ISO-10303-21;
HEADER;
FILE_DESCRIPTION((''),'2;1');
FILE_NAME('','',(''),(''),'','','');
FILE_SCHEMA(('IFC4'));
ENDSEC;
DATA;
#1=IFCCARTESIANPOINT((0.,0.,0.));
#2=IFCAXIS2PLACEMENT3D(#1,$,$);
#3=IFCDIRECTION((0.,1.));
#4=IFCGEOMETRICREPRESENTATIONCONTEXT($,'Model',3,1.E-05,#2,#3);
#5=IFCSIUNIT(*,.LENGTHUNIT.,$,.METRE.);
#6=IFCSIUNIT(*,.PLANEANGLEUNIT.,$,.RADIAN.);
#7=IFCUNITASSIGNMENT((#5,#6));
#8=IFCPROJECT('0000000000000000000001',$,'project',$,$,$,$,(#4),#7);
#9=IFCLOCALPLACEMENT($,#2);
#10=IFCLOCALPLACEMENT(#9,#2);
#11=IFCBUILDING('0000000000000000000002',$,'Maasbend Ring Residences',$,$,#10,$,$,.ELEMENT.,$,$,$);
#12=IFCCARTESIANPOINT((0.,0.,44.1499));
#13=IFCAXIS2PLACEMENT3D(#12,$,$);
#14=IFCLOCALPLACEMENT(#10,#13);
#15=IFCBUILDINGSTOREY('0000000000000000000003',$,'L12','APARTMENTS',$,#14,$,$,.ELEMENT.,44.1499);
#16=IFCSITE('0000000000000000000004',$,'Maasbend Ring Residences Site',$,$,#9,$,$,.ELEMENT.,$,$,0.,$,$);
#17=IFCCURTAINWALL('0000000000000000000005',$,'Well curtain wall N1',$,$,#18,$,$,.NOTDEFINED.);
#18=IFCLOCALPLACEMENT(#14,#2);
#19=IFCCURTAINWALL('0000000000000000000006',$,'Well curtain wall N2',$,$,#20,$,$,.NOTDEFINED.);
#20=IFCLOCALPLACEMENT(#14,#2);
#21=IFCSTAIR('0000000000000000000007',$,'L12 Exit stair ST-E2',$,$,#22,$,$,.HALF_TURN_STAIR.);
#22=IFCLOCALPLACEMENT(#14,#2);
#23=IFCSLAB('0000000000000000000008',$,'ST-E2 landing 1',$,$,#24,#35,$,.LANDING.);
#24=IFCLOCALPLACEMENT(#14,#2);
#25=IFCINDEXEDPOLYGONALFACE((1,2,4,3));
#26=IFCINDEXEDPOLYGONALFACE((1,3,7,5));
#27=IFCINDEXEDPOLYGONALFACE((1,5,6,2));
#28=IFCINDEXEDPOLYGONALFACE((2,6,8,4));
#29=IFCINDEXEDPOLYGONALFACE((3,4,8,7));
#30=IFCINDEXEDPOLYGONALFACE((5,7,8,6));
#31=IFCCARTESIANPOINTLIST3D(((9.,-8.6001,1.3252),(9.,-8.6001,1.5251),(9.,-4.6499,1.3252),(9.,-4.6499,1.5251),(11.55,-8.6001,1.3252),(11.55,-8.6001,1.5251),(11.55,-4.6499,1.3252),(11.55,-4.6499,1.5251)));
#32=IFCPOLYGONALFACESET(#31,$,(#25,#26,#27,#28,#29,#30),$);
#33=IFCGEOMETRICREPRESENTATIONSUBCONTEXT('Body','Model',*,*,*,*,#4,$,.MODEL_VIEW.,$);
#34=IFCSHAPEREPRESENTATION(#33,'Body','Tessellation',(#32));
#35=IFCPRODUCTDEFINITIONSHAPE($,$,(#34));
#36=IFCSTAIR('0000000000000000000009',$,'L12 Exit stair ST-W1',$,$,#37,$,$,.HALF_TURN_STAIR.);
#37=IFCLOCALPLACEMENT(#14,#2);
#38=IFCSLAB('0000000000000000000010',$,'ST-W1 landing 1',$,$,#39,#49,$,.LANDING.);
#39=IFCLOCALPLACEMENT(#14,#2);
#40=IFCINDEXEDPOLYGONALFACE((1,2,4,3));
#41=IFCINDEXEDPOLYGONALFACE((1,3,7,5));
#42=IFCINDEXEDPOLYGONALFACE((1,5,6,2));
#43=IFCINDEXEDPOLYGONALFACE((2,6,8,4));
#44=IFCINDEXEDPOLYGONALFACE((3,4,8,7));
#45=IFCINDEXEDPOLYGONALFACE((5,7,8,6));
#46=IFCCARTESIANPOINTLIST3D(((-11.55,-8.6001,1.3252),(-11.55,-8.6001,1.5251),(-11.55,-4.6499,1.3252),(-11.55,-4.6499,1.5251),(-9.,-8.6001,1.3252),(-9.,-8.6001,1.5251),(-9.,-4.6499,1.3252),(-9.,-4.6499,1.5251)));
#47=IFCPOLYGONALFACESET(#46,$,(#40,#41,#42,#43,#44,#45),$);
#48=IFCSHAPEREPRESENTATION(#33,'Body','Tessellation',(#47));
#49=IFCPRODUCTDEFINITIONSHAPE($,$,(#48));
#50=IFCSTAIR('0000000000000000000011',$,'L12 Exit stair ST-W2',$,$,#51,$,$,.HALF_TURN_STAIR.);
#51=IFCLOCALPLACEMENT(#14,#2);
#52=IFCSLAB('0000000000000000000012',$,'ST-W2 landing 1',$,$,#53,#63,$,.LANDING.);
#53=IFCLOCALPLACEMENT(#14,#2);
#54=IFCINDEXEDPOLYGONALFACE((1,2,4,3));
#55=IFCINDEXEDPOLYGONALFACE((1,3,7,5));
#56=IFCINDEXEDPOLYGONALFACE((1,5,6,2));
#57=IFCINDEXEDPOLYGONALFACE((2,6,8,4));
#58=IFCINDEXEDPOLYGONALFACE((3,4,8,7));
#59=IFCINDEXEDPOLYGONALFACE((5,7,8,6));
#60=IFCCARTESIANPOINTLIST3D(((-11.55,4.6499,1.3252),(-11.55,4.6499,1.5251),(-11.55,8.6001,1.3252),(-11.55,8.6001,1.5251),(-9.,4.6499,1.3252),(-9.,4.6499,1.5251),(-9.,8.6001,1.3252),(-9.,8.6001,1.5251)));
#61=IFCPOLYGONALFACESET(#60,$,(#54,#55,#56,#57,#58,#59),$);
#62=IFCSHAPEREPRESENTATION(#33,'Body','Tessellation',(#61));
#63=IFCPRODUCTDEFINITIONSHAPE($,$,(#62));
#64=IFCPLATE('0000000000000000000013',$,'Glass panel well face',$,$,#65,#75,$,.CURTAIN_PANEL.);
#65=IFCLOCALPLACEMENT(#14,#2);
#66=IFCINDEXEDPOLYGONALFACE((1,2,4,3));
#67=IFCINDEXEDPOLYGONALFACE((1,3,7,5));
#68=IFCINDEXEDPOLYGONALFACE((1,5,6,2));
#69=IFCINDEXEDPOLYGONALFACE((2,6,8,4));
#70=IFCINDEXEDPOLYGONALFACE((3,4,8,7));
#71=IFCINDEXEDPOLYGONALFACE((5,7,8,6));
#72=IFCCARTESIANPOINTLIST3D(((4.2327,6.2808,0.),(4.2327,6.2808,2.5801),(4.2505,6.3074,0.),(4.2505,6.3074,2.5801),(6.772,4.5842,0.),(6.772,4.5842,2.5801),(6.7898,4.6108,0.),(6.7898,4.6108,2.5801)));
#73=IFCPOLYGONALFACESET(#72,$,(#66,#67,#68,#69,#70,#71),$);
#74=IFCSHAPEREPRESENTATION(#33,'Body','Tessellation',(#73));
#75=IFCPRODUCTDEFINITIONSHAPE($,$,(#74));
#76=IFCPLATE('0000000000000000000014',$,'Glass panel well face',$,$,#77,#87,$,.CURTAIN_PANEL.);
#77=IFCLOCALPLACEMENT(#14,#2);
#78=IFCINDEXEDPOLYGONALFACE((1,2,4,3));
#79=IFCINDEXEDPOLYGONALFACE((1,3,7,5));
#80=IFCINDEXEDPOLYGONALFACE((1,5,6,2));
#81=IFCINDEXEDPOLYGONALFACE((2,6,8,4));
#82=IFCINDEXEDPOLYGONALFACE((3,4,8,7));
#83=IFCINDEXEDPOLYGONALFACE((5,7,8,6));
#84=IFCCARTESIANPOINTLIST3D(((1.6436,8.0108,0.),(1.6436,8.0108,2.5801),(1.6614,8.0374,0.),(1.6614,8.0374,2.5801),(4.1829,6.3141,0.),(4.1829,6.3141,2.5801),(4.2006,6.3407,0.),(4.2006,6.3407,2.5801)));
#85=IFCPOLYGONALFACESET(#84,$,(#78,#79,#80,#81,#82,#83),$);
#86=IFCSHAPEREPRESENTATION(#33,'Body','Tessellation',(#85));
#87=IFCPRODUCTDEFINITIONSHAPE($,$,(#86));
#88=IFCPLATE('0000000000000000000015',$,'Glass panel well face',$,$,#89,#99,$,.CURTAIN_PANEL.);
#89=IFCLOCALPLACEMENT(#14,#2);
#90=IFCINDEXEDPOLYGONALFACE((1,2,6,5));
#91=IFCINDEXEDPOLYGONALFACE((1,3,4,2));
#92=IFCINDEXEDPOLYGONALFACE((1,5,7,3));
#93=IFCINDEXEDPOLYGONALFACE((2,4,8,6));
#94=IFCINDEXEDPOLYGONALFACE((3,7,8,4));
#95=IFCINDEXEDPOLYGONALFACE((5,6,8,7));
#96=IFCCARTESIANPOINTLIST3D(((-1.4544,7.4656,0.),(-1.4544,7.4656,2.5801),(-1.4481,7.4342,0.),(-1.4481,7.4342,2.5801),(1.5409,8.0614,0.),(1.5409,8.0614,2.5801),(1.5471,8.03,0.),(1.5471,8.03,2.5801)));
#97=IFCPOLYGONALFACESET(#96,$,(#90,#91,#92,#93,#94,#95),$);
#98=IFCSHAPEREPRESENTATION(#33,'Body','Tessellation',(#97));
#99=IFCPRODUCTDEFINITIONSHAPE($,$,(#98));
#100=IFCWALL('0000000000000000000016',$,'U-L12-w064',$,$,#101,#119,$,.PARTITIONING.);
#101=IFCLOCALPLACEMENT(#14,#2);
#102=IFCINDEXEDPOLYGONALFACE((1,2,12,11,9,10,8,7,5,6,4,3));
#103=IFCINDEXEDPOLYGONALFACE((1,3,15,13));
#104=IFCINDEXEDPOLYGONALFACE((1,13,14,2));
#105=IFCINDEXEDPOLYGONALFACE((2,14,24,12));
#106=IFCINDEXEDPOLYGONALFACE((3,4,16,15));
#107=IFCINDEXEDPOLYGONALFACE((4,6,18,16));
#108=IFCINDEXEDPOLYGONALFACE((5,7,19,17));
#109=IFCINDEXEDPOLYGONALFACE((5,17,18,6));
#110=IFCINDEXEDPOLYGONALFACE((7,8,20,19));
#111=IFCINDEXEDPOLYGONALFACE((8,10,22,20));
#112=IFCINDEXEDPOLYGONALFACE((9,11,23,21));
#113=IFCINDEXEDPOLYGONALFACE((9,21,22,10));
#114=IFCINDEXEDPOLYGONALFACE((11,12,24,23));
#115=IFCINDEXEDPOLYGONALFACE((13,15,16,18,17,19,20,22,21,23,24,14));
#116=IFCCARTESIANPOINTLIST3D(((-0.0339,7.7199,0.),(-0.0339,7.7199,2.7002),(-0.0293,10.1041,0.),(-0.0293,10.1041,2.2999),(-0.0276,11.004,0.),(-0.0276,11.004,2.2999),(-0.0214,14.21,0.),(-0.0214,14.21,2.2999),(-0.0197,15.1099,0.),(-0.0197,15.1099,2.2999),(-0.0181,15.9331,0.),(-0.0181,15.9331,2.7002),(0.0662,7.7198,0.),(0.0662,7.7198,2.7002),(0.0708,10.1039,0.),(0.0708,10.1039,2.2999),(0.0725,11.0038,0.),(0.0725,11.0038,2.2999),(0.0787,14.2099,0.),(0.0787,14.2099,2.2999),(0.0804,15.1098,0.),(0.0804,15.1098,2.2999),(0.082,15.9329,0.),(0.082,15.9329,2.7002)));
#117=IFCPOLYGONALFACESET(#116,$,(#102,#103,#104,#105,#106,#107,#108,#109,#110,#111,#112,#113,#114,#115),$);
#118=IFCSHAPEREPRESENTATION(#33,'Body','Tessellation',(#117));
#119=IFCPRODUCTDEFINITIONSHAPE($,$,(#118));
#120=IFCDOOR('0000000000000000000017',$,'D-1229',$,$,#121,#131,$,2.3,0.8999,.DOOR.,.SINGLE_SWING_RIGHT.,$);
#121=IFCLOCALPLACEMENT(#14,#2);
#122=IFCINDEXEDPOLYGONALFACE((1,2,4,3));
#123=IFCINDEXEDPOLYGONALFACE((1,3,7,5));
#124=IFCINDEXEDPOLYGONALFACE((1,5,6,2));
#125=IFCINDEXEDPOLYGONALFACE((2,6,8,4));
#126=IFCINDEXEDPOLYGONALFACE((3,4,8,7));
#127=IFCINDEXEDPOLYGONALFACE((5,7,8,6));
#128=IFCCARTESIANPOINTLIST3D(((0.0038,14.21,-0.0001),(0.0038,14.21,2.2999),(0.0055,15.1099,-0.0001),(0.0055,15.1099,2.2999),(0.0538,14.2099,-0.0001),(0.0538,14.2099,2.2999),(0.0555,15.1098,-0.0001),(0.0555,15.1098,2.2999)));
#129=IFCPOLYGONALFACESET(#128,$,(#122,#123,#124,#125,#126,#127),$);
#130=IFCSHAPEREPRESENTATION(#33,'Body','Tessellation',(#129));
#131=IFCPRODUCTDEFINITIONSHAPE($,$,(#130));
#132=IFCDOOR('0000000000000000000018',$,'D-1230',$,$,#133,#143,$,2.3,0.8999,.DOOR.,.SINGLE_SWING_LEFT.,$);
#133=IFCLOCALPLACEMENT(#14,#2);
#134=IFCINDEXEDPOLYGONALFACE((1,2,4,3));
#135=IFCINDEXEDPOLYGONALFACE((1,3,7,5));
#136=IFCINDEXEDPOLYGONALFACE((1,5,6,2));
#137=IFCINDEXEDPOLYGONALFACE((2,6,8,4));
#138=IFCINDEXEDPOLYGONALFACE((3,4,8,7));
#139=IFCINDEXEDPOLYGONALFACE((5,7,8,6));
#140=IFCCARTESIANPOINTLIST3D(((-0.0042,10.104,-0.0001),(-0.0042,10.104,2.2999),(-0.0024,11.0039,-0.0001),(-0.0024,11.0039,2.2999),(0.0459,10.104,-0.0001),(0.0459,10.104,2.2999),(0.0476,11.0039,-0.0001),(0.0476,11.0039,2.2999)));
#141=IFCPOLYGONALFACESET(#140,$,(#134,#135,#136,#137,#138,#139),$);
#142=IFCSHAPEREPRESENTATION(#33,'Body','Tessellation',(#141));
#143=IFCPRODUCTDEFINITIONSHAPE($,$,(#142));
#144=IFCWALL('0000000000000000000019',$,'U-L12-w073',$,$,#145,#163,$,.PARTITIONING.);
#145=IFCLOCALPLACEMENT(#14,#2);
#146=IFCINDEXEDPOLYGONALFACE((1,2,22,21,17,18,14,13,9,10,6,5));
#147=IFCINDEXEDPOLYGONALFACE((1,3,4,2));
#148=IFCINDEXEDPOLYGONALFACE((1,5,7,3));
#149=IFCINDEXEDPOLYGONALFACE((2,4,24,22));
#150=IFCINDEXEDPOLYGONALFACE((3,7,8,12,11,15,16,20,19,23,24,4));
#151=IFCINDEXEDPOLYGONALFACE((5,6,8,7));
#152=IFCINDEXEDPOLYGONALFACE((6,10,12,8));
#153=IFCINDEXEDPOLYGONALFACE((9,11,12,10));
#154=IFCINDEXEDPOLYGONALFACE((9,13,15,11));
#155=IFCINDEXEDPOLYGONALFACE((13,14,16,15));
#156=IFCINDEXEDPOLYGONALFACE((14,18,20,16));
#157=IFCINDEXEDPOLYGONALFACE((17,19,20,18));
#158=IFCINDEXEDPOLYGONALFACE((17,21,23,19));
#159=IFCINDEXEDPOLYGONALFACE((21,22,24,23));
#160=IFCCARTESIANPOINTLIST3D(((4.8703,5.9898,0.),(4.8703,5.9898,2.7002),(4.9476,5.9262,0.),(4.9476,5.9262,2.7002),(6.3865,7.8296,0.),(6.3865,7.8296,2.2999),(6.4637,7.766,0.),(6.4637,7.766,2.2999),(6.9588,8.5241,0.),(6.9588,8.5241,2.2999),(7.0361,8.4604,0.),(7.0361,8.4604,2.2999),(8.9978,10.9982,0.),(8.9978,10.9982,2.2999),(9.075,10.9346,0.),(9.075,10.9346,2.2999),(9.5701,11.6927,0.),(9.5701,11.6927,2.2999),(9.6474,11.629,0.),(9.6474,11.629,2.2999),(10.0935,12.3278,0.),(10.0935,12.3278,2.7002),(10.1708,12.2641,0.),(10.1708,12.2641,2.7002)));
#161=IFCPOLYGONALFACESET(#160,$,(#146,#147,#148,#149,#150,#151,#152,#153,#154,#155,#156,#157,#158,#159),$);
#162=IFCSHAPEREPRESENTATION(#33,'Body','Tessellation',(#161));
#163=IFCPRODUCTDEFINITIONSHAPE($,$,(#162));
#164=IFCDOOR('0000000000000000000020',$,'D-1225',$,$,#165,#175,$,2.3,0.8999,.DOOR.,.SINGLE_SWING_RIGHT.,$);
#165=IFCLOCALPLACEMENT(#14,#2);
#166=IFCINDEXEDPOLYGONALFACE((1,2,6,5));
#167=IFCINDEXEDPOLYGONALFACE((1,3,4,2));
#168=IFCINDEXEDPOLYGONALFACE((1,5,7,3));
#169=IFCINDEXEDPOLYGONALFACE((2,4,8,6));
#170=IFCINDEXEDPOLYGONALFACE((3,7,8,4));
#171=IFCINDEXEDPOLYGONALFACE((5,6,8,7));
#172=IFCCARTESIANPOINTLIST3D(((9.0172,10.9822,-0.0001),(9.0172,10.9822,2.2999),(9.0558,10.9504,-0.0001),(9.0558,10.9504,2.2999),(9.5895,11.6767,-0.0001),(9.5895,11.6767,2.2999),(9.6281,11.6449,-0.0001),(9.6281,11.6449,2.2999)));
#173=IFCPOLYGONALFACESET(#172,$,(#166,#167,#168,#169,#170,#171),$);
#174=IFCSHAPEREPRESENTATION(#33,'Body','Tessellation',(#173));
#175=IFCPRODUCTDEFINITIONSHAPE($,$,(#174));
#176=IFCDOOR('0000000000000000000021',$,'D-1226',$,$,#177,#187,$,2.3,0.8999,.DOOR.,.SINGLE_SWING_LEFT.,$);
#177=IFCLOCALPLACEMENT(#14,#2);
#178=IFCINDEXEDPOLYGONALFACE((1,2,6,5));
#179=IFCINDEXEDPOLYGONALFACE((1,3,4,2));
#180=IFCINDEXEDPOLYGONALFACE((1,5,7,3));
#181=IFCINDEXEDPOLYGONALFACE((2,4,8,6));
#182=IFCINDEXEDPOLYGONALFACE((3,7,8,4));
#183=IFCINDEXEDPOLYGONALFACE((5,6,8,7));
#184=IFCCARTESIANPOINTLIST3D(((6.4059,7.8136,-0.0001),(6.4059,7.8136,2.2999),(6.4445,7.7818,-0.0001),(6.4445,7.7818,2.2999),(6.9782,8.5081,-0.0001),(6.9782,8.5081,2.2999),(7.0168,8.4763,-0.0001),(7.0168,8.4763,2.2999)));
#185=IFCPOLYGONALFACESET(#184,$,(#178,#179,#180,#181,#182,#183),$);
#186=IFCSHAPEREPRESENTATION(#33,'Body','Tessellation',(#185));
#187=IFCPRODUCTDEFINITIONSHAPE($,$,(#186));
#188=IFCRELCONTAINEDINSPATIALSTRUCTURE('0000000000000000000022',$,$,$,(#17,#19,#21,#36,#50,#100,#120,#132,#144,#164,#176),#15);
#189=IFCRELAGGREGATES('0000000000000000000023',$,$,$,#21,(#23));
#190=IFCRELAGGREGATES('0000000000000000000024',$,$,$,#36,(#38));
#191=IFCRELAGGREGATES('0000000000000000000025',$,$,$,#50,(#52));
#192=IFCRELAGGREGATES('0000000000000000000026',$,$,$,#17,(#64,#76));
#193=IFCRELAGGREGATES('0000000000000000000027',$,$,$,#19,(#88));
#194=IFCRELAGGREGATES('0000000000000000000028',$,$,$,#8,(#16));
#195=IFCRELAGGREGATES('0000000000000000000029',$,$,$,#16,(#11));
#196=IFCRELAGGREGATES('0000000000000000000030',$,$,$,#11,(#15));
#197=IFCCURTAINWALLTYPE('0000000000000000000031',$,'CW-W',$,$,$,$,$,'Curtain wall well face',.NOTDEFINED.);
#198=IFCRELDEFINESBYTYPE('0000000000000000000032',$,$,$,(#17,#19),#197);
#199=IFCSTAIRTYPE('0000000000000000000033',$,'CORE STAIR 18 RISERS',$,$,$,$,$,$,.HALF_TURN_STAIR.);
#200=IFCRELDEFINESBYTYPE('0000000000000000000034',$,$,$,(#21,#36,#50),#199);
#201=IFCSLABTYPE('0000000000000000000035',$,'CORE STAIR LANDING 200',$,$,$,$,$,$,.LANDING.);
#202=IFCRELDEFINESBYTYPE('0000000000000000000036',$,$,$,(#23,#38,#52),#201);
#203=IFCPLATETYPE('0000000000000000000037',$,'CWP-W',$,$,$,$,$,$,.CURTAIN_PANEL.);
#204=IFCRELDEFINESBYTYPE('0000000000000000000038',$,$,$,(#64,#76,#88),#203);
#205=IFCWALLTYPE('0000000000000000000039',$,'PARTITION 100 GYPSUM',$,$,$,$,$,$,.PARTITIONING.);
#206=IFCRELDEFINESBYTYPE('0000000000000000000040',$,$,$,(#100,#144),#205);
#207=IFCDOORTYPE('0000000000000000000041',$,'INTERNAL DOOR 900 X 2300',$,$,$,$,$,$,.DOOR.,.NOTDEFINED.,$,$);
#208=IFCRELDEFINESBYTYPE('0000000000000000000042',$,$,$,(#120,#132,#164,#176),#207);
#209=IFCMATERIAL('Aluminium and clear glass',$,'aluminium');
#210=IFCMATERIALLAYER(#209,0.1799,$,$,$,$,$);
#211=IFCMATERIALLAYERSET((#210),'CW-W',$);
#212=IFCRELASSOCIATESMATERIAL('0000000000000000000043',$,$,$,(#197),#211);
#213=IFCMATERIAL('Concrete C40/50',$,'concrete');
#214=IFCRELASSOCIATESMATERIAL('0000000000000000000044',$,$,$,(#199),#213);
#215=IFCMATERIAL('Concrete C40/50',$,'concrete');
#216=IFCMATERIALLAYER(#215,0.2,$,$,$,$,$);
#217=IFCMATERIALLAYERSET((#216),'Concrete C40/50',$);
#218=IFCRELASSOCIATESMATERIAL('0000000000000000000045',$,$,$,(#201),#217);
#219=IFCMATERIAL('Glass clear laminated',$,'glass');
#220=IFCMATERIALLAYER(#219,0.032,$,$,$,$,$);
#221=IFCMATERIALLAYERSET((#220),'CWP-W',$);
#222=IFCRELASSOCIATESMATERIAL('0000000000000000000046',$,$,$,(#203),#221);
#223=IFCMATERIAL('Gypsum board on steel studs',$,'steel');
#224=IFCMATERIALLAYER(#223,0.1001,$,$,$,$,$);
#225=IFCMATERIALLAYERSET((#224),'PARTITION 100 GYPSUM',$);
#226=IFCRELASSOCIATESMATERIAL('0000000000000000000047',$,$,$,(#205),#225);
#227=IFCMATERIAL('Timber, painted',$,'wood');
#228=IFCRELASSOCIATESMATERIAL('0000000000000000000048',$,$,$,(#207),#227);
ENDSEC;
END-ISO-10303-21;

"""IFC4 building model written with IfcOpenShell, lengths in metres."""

from ifc_helpers import new_model, si_unit, direction, frame, frame_2d, origin, origin_2d, place, context, subcontext, project, spatial, polyline, rectangle, outline, extrude, material, layer, layer_set, type_object, element, fill, aggregate, save


model = new_model("IFC4")

# Units and contexts
model_context = context("Model", 3, precision=1e-05, world=origin(), true_north=direction((0.0, 1.0)))
body_context = subcontext(model_context, "Body", "Model", "MODEL_VIEW")
ifc_project = project(units=[si_unit("LENGTHUNIT", "METRE"), si_unit("PLANEANGLEUNIT", "RADIAN")], contexts=[model_context])

# Site, building, storey
site_placement = place(None, origin())
site = spatial("IfcSite", under=ifc_project, at=site_placement, Name="Maasbend Ring Residences Site", CompositionType="ELEMENT", RefElevation=0.0)
building_placement = place(site_placement, origin())
building = spatial("IfcBuilding", under=site, at=building_placement, Name="Maasbend Ring Residences", CompositionType="ELEMENT")
storey_placement = place(building_placement, frame((0.0, 0.0, 44.1499)))
storey = spatial("IfcBuildingStorey", under=building, at=storey_placement, Name="L12", Description="APARTMENTS", CompositionType="ELEMENT", Elevation=44.1499)

# Curtain wall
ifc_material_1 = material(Name="Aluminium and clear glass", Category="aluminium")
ifc_layer_1 = layer(ifc_material_1, 0.1799)
ifc_layer_set_1 = layer_set([ifc_layer_1], Name="CW-W")
curtain_wall_type = type_object("IfcCurtainWallType", Name="CW-W", ElementType="Curtain wall well face", PredefinedType="NOTDEFINED", material=ifc_layer_set_1)
curtain_wall_1_placement = place(storey_placement, origin())
curtain_wall_1 = element("IfcCurtainWall", 1, at=curtain_wall_1_placement, inside=storey, type_object=curtain_wall_type, Name="Well curtain wall N1", PredefinedType="NOTDEFINED")

# Curtain wall
curtain_wall_2_placement = place(storey_placement, origin())
curtain_wall_2 = element("IfcCurtainWall", 2, at=curtain_wall_2_placement, inside=storey, type_object=curtain_wall_type, Name="Well curtain wall N2", PredefinedType="NOTDEFINED")

# Stairs, slabs
ifc_material_2 = material(Name="Concrete C40/50", Category="concrete")
stair_type = type_object("IfcStairType", Name="CORE STAIR 18 RISERS", PredefinedType="HALF_TURN_STAIR", material=ifc_material_2)
ifc_material_3 = material(Name="Concrete C40/50", Category="concrete")
ifc_layer_2 = layer(ifc_material_3, 0.2)
ifc_layer_set_2 = layer_set([ifc_layer_2], Name="Concrete C40/50")
slab_type = type_object("IfcSlabType", Name="CORE STAIR LANDING 200", PredefinedType="LANDING", material=ifc_layer_set_2)
stair_1_placement = place(storey_placement, origin())
stair_1 = element("IfcStair", 3, at=stair_1_placement, inside=storey, type_object=stair_type, Name="L12 Exit stair ST-E2", PredefinedType="HALF_TURN_STAIR")
slab_1_placement = place(storey_placement, frame((0.0, 0.0, 1.3252)))
slab_1 = element("IfcSlab", 4, at=slab_1_placement, type_object=slab_type, Name="ST-E2 landing 1", PredefinedType="LANDING", context=body_context, shape_type="SweptSolid", body=[
    extrude(outline(polyline([(11.55, -4.6499), (9.0, -4.6499), (9.0, -8.6001), (11.55, -8.6001), (11.55, -4.6499)])), origin(), (0.0, 0.0, 1.0), 0.2),
])
aggregate(stair_1, [slab_1])
stair_2_placement = place(storey_placement, origin())
stair_2 = element("IfcStair", 5, at=stair_2_placement, inside=storey, type_object=stair_type, Name="L12 Exit stair ST-W1", PredefinedType="HALF_TURN_STAIR")
slab_2_placement = place(storey_placement, frame((0.0, 0.0, 1.3252)))
slab_2 = element("IfcSlab", 6, at=slab_2_placement, type_object=slab_type, Name="ST-W1 landing 1", PredefinedType="LANDING", context=body_context, shape_type="SweptSolid", body=[
    extrude(outline(polyline([(-11.55, -8.6001), (-9.0, -8.6001), (-9.0, -4.6499), (-11.55, -4.6499), (-11.55, -8.6001)])), origin(), (0.0, 0.0, 1.0), 0.2),
])
aggregate(stair_2, [slab_2])
stair_3_placement = place(storey_placement, origin())
stair_3 = element("IfcStair", 7, at=stair_3_placement, inside=storey, type_object=stair_type, Name="L12 Exit stair ST-W2", PredefinedType="HALF_TURN_STAIR")
slab_3_placement = place(storey_placement, frame((0.0, 0.0, 1.3252)))
slab_3 = element("IfcSlab", 8, at=slab_3_placement, type_object=slab_type, Name="ST-W2 landing 1", PredefinedType="LANDING", context=body_context, shape_type="SweptSolid", body=[
    extrude(outline(polyline([(-11.55, 4.6499), (-9.0, 4.6499), (-9.0, 8.6001), (-11.55, 8.6001), (-11.55, 4.6499)])), origin(), (0.0, 0.0, 1.0), 0.2),
])
aggregate(stair_3, [slab_3])

# Plates
ifc_material_4 = material(Name="Glass clear laminated", Category="glass")
ifc_layer_3 = layer(ifc_material_4, 0.032)
ifc_layer_set_3 = layer_set([ifc_layer_3], Name="CWP-W")
plate_type = type_object("IfcPlateType", Name="CWP-W", PredefinedType="CURTAIN_PANEL", material=ifc_layer_set_3)
plate_1_placement = place(storey_placement, frame((5.5112, 5.4458, 0.0), z_axis=(0.0, 0.0, 1.0), x_axis=(-0.83147, 0.55557, 0.0)))
plate_1 = element("IfcPlate", 9, at=plate_1_placement, type_object=plate_type, Name="Glass panel well face", PredefinedType="CURTAIN_PANEL", context=body_context, shape_type="SweptSolid", body=[
    extrude(rectangle(XDim=3.054, YDim=0.032, at=origin_2d()), origin(), (0.0, 0.0, 1.0), 2.5801),
])
plate_2_placement = place(storey_placement, frame((2.9221, 7.1758, 0.0), z_axis=(0.0, 0.0, 1.0), x_axis=(-0.83147, 0.55557, 0.0)))
plate_2 = element("IfcPlate", 10, at=plate_2_placement, type_object=plate_type, Name="Glass panel well face", PredefinedType="CURTAIN_PANEL", context=body_context, shape_type="SweptSolid", body=[
    extrude(rectangle(XDim=3.054, YDim=0.032, at=origin_2d()), origin(), (0.0, 0.0, 1.0), 2.5801),
])
aggregate(curtain_wall_1, [plate_1, plate_2])
plate_3_placement = place(storey_placement, frame((0.0464, 7.7478, 0.0), z_axis=(0.0, 0.0, 1.0), x_axis=(-0.980785, -0.19509, 0.0)))
plate_3 = element("IfcPlate", 11, at=plate_3_placement, type_object=plate_type, Name="Glass panel well face", PredefinedType="CURTAIN_PANEL", context=body_context, shape_type="SweptSolid", body=[
    extrude(rectangle(XDim=3.054, YDim=0.032, at=origin_2d()), origin(), (0.0, 0.0, 1.0), 2.5801),
])
aggregate(curtain_wall_2, [plate_3])

# Walls, openings, doors
ifc_material_5 = material(Name="Gypsum board on steel studs", Category="steel")
ifc_layer_4 = layer(ifc_material_5, 0.1001)
ifc_layer_set_4 = layer_set([ifc_layer_4], Name="PARTITION 100 GYPSUM")
wall_type_1 = type_object("IfcWallType", Name="PARTITION 100 GYPSUM", PredefinedType="PARTITIONING", material=ifc_layer_set_4)
wall_1_placement = place(storey_placement, frame((0.0161, 7.72, 0.0), z_axis=(0.0, 0.0, 1.0), x_axis=(0.001932, 0.999998, 0.0)))
wall_1 = element("IfcWall", 12, at=wall_1_placement, inside=storey, type_object=wall_type_1, Name="U-L12-w064", PredefinedType="PARTITIONING", context=body_context, shape_type="SweptSolid", body=[
    extrude(rectangle(XDim=8.2131, YDim=0.1001, at=frame_2d((4.1064, 0.0))), origin(), (0.0, 0.0, 1.0), 2.7002),
])
opening_1_placement = place(wall_1_placement, frame((6.49, 0.0, 0.0)))
opening_1 = element("IfcOpeningElement", 13, at=opening_1_placement, cuts=wall_1, PredefinedType="OPENING", context=body_context, shape_type="SweptSolid", body=[
    extrude(rectangle(XDim=0.8999, YDim=2.3, at=frame_2d((0.45, 1.1499))), frame((0.0, 0.0601, 0.0), z_axis=(0.0, -1.0, 0.0), x_axis=(1.0, 0.0, 0.0)), (0.0, 0.0, 1.0), 0.1201),
])
opening_2_placement = place(wall_1_placement, frame((2.384, 0.0, 0.0)))
opening_2 = element("IfcOpeningElement", 14, at=opening_2_placement, cuts=wall_1, PredefinedType="OPENING", context=body_context, shape_type="SweptSolid", body=[
    extrude(rectangle(XDim=0.8999, YDim=2.3, at=frame_2d((0.45, 1.1499))), frame((0.0, 0.0601, 0.0), z_axis=(0.0, -1.0, 0.0), x_axis=(1.0, 0.0, 0.0)), (0.0, 0.0, 1.0), 0.1201),
])
ifc_material_6 = material(Name="Timber, painted", Category="wood")
door_type = type_object("IfcDoorType", Name="INTERNAL DOOR 900 X 2300", OperationType="NOTDEFINED", PredefinedType="DOOR", material=ifc_material_6)
door_1_placement = place(opening_1_placement, origin())
door_1 = element("IfcDoor", 15, at=door_1_placement, inside=storey, type_object=door_type, Name="D-1229", OperationType="SINGLE_SWING_RIGHT", OverallHeight=2.3, OverallWidth=0.8999, PredefinedType="DOOR", context=body_context, shape_type="SweptSolid", body=[
    extrude(rectangle(XDim=0.8999, YDim=2.3, at=frame_2d((0.45, 1.1499))), frame((0.0, 0.0249, 0.0), z_axis=(0.0, -1.0, 0.0), x_axis=(1.0, 0.0, 0.0)), (0.0, 0.0, 1.0), 0.05),
])
fill(opening_1, door_1)
door_2_placement = place(opening_2_placement, origin())
door_2 = element("IfcDoor", 16, at=door_2_placement, inside=storey, type_object=door_type, Name="D-1230", OperationType="SINGLE_SWING_LEFT", OverallHeight=2.3, OverallWidth=0.8999, PredefinedType="DOOR", context=body_context, shape_type="SweptSolid", body=[
    extrude(rectangle(XDim=0.8999, YDim=2.3, at=frame_2d((0.45, 1.1499))), frame((0.0, 0.0249, 0.0), z_axis=(0.0, -1.0, 0.0), x_axis=(1.0, 0.0, 0.0)), (0.0, 0.0, 1.0), 0.05),
])
fill(opening_2, door_2)
wall_2_placement = place(storey_placement, frame((4.9089, 5.958, 0.0), z_axis=(0.0, 0.0, 1.0), x_axis=(0.635976, 0.771709, 0.0)))
wall_2 = element("IfcWall", 17, at=wall_2_placement, inside=storey, type_object=wall_type_1, Name="U-L12-w073", PredefinedType="PARTITIONING", context=body_context, shape_type="SweptSolid", body=[
    extrude(rectangle(XDim=8.2129, YDim=0.1001, at=frame_2d((4.1064, 0.0))), origin(), (0.0, 0.0, 1.0), 2.7002),
])
opening_3_placement = place(wall_2_placement, frame((6.49, 0.0, 0.0)))
opening_3 = element("IfcOpeningElement", 18, at=opening_3_placement, cuts=wall_2, PredefinedType="OPENING", context=body_context, shape_type="SweptSolid", body=[
    extrude(rectangle(XDim=0.8999, YDim=2.3, at=frame_2d((0.45, 1.1499))), frame((0.0, 0.0601, 0.0), z_axis=(0.0, -1.0, 0.0), x_axis=(1.0, 0.0, 0.0)), (0.0, 0.0, 1.0), 0.1201),
])
opening_4_placement = place(wall_2_placement, frame((2.384, 0.0, 0.0)))
opening_4 = element("IfcOpeningElement", 19, at=opening_4_placement, cuts=wall_2, PredefinedType="OPENING", context=body_context, shape_type="SweptSolid", body=[
    extrude(rectangle(XDim=0.8999, YDim=2.3, at=frame_2d((0.45, 1.1499))), frame((0.0, 0.0601, 0.0), z_axis=(0.0, -1.0, 0.0), x_axis=(1.0, 0.0, 0.0)), (0.0, 0.0, 1.0), 0.1201),
])
door_3_placement = place(opening_3_placement, origin())
door_3 = element("IfcDoor", 20, at=door_3_placement, inside=storey, type_object=door_type, Name="D-1225", OperationType="SINGLE_SWING_RIGHT", OverallHeight=2.3, OverallWidth=0.8999, PredefinedType="DOOR", context=body_context, shape_type="SweptSolid", body=[
    extrude(rectangle(XDim=0.8999, YDim=2.3, at=frame_2d((0.45, 1.1499))), frame((0.0, 0.0249, 0.0), z_axis=(0.0, -1.0, 0.0), x_axis=(1.0, 0.0, 0.0)), (0.0, 0.0, 1.0), 0.05),
])
fill(opening_3, door_3)
door_4_placement = place(opening_4_placement, origin())
door_4 = element("IfcDoor", 21, at=door_4_placement, inside=storey, type_object=door_type, Name="D-1226", OperationType="SINGLE_SWING_LEFT", OverallHeight=2.3, OverallWidth=0.8999, PredefinedType="DOOR", context=body_context, shape_type="SweptSolid", body=[
    extrude(rectangle(XDim=0.8999, YDim=2.3, at=frame_2d((0.45, 1.1499))), frame((0.0, 0.0249, 0.0), z_axis=(0.0, -1.0, 0.0), x_axis=(1.0, 0.0, 0.0)), (0.0, 0.0, 1.0), 0.05),
])
fill(opening_4, door_4)

save(model, "model.ifc")
